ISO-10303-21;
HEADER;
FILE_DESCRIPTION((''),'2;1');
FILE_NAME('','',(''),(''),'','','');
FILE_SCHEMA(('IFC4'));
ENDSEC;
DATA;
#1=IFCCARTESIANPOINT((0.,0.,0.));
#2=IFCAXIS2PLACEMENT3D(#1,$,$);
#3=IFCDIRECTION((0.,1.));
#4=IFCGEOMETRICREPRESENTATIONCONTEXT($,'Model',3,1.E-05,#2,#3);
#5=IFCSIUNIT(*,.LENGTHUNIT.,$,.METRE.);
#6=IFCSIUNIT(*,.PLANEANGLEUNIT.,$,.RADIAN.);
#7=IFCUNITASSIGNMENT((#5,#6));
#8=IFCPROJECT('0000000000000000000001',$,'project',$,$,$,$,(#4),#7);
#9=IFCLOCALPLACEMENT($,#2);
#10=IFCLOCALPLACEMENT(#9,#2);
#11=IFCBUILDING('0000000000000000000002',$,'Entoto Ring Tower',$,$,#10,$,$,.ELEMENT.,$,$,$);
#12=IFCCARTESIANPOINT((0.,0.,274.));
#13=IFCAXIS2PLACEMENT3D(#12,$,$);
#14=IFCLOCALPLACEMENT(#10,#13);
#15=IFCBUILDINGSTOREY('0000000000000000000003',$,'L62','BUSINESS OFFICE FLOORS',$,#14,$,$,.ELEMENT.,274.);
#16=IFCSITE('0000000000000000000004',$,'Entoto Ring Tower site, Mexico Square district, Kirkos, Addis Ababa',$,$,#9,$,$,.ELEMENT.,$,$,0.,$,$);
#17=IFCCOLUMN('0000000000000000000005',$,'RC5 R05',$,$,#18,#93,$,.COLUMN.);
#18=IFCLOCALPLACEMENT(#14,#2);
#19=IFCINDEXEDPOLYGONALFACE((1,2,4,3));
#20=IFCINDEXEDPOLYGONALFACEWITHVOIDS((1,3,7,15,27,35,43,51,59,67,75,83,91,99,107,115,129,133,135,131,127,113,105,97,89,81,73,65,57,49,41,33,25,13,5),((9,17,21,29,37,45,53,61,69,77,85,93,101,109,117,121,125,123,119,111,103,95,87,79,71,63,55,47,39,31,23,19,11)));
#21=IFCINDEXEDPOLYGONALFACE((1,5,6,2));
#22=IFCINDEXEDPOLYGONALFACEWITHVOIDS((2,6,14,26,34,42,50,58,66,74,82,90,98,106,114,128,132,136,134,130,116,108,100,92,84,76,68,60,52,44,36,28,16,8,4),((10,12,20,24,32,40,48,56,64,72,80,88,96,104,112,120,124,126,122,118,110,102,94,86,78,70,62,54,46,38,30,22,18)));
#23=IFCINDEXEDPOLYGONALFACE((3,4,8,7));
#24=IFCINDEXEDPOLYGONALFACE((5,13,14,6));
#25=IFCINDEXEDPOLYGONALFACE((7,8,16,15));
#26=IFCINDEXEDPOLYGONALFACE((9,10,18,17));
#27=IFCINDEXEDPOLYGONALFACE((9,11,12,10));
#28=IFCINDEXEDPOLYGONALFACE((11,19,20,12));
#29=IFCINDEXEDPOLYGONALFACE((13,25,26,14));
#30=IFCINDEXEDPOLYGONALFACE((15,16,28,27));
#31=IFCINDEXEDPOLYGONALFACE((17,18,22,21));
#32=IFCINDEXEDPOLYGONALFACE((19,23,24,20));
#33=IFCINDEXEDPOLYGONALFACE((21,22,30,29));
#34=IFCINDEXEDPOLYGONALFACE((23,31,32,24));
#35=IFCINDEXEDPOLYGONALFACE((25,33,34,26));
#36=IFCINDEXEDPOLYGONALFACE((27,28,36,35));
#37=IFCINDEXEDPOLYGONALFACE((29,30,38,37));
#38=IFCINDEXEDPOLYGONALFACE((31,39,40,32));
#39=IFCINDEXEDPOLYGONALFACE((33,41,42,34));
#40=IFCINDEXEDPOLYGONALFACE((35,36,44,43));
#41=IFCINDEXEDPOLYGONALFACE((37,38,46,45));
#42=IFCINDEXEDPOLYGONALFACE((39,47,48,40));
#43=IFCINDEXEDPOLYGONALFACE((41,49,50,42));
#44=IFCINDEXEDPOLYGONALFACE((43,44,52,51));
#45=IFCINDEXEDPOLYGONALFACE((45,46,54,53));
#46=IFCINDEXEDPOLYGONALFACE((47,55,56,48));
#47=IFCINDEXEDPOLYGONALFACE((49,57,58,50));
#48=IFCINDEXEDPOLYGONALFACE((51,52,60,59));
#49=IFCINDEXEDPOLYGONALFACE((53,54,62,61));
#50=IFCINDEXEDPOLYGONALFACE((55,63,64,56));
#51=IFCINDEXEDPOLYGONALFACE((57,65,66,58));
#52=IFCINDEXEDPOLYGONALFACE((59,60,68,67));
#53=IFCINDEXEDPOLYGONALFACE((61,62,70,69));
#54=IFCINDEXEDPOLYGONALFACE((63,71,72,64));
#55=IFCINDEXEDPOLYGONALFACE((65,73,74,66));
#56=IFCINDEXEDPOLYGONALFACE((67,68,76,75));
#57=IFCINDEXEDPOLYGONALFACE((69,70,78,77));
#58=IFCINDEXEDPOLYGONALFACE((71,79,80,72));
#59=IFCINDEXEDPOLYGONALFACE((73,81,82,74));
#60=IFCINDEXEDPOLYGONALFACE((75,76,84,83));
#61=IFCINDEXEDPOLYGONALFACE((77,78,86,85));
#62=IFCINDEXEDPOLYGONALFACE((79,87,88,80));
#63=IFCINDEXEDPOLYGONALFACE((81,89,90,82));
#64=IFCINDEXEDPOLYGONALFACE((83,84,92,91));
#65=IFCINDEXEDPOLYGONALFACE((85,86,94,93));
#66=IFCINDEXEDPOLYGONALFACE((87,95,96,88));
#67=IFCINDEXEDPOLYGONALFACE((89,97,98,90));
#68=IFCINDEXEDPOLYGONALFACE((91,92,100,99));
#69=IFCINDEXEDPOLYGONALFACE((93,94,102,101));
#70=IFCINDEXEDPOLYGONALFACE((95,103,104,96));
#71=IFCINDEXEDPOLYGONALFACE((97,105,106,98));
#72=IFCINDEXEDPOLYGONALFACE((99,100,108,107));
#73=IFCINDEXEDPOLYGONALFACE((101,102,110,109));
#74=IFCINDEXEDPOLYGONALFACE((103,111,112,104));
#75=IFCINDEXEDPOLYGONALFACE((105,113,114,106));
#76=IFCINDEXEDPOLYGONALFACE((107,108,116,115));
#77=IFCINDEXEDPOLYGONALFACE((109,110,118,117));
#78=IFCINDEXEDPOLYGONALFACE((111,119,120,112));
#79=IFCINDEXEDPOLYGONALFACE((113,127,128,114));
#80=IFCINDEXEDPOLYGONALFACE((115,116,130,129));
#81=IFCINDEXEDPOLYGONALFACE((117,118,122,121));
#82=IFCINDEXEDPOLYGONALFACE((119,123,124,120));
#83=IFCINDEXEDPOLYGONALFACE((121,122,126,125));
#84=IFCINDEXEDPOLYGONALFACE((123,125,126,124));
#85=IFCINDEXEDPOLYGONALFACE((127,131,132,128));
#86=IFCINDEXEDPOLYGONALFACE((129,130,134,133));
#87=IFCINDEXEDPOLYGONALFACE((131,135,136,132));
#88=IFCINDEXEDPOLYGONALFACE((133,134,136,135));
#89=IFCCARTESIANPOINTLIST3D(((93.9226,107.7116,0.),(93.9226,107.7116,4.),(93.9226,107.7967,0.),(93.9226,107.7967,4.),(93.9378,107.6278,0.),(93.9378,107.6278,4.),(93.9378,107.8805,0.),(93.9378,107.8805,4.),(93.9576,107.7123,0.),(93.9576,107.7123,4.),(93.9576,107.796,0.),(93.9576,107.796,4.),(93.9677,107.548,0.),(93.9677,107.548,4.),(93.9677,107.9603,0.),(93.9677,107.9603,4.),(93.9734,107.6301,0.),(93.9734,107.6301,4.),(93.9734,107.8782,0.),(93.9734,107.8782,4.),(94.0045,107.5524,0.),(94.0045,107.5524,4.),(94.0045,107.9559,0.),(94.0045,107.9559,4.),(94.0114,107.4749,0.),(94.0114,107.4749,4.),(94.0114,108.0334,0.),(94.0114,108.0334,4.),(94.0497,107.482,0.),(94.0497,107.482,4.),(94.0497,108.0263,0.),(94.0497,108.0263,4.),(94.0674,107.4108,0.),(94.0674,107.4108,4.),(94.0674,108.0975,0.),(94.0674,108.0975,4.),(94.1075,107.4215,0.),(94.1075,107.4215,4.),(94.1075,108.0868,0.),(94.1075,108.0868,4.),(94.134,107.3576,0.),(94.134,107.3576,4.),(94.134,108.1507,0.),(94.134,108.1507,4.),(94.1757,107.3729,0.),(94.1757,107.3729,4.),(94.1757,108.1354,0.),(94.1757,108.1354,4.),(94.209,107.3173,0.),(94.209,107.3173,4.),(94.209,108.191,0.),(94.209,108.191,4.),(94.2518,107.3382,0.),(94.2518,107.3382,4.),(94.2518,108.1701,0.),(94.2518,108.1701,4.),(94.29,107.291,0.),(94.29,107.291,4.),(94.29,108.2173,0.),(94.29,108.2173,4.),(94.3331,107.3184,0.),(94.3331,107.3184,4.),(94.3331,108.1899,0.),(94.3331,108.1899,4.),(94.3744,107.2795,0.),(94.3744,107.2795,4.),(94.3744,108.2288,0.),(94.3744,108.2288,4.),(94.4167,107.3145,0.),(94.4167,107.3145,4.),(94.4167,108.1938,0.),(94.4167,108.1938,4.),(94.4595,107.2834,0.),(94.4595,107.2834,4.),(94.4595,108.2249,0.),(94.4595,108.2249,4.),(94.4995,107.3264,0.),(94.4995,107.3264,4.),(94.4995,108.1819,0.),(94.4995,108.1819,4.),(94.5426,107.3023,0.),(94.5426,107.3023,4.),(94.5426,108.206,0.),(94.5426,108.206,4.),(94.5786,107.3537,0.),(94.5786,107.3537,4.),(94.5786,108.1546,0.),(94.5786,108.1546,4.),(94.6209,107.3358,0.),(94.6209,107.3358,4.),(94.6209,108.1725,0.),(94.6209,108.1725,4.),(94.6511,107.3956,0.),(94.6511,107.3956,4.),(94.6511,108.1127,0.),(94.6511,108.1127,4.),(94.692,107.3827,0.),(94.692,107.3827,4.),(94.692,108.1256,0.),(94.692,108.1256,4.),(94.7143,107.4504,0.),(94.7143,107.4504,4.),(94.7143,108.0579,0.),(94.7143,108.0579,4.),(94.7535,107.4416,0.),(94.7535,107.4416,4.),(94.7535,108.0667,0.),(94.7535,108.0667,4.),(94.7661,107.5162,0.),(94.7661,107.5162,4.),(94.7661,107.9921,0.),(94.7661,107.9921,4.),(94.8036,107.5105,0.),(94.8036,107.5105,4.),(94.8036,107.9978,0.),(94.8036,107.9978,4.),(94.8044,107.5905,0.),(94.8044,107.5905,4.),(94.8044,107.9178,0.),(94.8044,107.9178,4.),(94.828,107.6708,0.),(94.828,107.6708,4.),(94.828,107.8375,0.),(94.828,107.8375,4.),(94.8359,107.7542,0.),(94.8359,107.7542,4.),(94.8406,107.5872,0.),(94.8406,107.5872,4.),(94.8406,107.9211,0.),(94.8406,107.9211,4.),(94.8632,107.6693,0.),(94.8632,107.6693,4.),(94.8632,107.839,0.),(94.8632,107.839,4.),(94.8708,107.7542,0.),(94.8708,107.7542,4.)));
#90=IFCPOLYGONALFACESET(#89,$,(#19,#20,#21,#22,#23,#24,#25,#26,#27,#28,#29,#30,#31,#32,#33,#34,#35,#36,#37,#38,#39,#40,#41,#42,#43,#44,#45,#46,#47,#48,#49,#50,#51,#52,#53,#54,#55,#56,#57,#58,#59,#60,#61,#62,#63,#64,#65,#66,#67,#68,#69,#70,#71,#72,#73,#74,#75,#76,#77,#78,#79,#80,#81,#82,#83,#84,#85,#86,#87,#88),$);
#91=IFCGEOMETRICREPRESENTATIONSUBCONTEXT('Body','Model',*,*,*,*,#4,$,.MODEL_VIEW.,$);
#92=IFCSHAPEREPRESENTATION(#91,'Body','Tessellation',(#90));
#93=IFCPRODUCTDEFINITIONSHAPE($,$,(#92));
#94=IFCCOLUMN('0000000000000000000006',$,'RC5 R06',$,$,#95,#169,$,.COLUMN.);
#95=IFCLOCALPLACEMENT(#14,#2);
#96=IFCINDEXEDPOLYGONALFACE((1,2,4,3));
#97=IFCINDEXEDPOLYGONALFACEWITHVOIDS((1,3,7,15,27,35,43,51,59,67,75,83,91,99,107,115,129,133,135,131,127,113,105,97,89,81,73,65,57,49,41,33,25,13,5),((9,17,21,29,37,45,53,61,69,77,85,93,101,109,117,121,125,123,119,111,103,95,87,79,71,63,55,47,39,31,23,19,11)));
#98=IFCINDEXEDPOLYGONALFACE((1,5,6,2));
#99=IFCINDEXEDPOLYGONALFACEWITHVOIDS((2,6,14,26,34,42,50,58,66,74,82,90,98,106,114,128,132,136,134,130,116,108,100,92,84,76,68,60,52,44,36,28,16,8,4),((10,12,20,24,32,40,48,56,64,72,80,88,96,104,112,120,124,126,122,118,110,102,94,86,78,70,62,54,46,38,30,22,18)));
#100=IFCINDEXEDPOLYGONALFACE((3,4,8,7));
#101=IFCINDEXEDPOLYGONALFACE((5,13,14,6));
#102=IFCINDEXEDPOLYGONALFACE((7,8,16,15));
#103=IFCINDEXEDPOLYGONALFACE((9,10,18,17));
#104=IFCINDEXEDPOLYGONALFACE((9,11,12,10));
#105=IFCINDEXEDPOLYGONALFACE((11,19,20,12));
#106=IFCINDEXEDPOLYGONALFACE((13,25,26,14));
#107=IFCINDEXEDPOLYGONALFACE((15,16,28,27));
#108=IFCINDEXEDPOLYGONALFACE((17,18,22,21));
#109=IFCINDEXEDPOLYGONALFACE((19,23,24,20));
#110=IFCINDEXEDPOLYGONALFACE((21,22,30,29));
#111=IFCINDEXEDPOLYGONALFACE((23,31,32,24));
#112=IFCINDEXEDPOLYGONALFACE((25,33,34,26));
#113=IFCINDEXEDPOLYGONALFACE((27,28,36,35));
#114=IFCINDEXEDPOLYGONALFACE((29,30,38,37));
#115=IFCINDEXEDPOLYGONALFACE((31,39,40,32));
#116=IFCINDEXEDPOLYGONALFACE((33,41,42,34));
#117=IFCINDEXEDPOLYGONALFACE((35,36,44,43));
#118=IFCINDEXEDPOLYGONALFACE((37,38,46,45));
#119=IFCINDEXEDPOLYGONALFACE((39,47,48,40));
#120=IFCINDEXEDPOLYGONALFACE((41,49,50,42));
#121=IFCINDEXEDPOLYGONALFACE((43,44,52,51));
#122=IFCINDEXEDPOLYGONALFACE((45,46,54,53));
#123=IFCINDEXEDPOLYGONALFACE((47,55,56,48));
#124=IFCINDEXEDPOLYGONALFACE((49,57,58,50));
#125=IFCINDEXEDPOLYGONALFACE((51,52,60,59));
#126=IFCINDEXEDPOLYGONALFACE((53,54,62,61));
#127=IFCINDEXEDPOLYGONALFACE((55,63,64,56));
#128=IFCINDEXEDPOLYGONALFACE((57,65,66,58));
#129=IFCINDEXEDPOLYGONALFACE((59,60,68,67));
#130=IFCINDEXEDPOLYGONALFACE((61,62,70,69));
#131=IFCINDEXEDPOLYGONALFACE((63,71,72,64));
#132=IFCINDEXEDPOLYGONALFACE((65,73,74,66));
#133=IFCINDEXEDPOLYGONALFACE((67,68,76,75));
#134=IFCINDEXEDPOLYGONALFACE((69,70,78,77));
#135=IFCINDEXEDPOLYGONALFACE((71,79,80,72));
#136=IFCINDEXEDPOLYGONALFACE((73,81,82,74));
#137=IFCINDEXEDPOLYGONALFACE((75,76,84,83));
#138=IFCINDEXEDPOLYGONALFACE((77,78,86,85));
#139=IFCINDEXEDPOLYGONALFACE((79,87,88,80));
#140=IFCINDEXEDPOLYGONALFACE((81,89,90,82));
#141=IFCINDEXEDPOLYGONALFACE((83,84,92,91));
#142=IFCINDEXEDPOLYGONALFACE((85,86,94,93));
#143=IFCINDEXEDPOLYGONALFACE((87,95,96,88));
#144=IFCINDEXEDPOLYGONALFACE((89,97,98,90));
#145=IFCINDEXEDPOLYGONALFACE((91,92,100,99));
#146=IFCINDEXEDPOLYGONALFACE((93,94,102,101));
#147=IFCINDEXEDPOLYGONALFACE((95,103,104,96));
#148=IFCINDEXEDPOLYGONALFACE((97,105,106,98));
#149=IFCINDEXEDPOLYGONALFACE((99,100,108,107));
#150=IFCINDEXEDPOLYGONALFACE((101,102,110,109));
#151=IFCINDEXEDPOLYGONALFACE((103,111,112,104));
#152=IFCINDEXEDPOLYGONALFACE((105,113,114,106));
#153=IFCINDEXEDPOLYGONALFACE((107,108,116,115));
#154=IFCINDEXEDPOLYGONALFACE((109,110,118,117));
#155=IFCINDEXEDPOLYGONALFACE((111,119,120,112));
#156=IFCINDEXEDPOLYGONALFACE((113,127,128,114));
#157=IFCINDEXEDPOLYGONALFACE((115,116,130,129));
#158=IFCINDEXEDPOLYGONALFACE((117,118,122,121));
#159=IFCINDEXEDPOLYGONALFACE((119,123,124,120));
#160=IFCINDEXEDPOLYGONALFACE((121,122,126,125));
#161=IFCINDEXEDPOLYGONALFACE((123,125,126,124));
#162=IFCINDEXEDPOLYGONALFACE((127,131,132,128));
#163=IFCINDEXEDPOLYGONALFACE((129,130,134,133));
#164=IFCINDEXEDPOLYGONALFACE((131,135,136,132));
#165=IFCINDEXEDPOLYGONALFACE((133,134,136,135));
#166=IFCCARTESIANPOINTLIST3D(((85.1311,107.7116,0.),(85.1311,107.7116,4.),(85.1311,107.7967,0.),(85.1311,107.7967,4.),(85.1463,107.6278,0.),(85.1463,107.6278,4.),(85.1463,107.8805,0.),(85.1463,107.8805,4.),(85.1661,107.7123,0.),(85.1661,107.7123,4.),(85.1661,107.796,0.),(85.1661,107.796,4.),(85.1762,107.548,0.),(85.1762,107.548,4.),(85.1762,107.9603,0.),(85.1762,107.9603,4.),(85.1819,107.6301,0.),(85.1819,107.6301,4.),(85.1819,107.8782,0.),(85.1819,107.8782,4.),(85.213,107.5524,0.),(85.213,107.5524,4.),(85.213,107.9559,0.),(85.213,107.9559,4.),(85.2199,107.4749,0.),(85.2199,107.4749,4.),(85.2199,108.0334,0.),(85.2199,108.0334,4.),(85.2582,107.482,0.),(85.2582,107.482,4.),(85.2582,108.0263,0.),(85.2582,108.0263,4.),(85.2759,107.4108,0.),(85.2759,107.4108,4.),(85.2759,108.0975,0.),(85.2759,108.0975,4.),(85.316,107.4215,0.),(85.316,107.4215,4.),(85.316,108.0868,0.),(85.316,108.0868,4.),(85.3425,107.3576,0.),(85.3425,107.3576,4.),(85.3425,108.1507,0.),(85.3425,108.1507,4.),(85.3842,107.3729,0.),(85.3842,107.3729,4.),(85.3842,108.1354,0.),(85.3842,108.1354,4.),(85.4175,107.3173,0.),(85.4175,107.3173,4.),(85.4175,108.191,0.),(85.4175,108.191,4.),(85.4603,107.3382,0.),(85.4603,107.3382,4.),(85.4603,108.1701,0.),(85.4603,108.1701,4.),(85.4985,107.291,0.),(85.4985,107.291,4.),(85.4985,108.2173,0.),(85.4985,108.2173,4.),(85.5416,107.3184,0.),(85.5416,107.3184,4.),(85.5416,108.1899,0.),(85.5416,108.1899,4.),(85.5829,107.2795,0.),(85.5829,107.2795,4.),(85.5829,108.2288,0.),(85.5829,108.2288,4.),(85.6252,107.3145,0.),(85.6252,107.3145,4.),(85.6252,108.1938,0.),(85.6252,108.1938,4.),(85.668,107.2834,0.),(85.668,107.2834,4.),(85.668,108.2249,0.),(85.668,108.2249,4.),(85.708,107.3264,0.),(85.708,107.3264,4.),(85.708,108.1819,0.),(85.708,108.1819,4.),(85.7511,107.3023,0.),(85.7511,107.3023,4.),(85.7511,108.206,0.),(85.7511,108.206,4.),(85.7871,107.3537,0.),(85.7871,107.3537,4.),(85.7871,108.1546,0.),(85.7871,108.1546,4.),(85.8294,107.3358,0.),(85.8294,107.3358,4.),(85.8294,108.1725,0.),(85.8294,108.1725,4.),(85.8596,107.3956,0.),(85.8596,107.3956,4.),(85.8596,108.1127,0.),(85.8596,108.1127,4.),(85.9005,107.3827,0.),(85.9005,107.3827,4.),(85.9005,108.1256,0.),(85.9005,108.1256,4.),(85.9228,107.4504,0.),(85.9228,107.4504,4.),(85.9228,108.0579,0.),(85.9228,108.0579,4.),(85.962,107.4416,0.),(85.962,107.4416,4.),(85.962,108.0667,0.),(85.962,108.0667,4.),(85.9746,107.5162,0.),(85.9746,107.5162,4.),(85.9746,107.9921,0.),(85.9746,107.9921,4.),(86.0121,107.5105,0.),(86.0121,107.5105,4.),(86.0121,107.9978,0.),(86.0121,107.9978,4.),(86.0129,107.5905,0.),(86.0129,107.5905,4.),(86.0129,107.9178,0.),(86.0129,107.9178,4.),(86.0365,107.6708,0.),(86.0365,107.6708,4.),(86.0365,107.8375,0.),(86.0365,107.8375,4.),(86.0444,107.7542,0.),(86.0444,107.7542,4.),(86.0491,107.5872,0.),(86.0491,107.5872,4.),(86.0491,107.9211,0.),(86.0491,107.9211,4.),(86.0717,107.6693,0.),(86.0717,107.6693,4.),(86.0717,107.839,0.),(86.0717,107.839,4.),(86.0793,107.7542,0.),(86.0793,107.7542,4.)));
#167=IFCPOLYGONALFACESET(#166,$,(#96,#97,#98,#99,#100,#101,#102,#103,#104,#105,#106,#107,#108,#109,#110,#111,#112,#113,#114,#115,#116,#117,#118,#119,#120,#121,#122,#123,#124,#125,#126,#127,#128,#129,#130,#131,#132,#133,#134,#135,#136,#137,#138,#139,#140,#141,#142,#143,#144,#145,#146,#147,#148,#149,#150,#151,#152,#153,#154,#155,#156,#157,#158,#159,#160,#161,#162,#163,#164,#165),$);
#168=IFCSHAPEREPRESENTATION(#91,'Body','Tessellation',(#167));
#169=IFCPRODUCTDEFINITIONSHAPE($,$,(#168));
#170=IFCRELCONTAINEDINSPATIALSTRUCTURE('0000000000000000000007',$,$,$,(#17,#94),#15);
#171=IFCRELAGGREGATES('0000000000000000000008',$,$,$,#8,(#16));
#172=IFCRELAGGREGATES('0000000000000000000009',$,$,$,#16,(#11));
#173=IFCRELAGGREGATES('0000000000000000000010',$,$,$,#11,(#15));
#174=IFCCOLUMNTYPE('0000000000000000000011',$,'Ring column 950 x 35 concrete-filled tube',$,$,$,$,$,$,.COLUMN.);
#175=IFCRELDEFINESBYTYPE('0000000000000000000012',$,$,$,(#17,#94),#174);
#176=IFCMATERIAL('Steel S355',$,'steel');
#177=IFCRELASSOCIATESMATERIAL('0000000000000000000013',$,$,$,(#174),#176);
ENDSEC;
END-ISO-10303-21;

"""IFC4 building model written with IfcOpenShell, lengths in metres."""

from ifc_helpers import new_model, si_unit, direction, frame, origin, origin_2d, place, context, subcontext, project, spatial, circle, hollow_circle, extrude, material, material_profile, profile_set, type_object, element, save


model = new_model("IFC4")

# Units and contexts
model_context = context("Model", 3, precision=1e-05, world=origin(), true_north=direction((0.0, 1.0)))
body_context = subcontext(model_context, "Body", "Model", "MODEL_VIEW")
ifc_project = project(units=[si_unit("LENGTHUNIT", "METRE"), si_unit("PLANEANGLEUNIT", "RADIAN")], contexts=[model_context])

# Site, building, storey
site_placement = place(None, origin())
site = spatial("IfcSite", under=ifc_project, at=site_placement, Name="Entoto Ring Tower site, Mexico Square district, Kirkos, Addis Ababa", CompositionType="ELEMENT", RefElevation=0.0)
building_placement = place(site_placement, origin())
building = spatial("IfcBuilding", under=site, at=building_placement, Name="Entoto Ring Tower", CompositionType="ELEMENT")
storey_placement = place(building_placement, frame((0.0, 0.0, 274.0)))
storey = spatial("IfcBuildingStorey", under=building, at=storey_placement, Name="L62", Description="BUSINESS OFFICE FLOORS", CompositionType="ELEMENT", Elevation=274.0)

# Columns
ifc_material_1 = material(Name="Steel S355", Category="steel")
ifc_material_profile_1 = material_profile(ifc_material_1, hollow_circle(Radius=0.4751, WallThickness=0.0349, at=origin_2d()), Name="CHS 950 x 35")
ifc_material_2 = material(Name="Concrete C60/75", Category="concrete")
ifc_material_profile_2 = material_profile(ifc_material_2, circle(Radius=0.4399, at=origin_2d()), Name="Concrete C60/75 infill")
ifc_profile_set_1 = profile_set([ifc_material_profile_1, ifc_material_profile_2], Name="Steel S355")
column_type = type_object("IfcColumnType", Name="Ring column 950 x 35 concrete-filled tube", PredefinedType="COLUMN", material=ifc_profile_set_1)
for number, where, z_axis, x_axis, name in (
    (1, (94.3958, 107.7542, 0.0), (0.0, 0.0, 1.0), (1.0, 0.0, 0.0), "RC5 R05"),
    (2, (85.6042, 107.7542, 0.0), (0.0, 0.0, 1.0), (1.0, 0.0, 0.0), "RC5 R06"),
):
    element("IfcColumn", number, at=place(storey_placement, frame(where, z_axis=z_axis, x_axis=x_axis)), inside=storey, type_object=column_type, Name=name, PredefinedType="COLUMN", context=body_context, shape_type="SweptSolid", body=[
        extrude(hollow_circle(Radius=0.4751, WallThickness=0.0349, at=origin_2d()), origin(), (0.0, 0.0, 1.0), 4.0),
    ])

save(model, "model.ifc")
